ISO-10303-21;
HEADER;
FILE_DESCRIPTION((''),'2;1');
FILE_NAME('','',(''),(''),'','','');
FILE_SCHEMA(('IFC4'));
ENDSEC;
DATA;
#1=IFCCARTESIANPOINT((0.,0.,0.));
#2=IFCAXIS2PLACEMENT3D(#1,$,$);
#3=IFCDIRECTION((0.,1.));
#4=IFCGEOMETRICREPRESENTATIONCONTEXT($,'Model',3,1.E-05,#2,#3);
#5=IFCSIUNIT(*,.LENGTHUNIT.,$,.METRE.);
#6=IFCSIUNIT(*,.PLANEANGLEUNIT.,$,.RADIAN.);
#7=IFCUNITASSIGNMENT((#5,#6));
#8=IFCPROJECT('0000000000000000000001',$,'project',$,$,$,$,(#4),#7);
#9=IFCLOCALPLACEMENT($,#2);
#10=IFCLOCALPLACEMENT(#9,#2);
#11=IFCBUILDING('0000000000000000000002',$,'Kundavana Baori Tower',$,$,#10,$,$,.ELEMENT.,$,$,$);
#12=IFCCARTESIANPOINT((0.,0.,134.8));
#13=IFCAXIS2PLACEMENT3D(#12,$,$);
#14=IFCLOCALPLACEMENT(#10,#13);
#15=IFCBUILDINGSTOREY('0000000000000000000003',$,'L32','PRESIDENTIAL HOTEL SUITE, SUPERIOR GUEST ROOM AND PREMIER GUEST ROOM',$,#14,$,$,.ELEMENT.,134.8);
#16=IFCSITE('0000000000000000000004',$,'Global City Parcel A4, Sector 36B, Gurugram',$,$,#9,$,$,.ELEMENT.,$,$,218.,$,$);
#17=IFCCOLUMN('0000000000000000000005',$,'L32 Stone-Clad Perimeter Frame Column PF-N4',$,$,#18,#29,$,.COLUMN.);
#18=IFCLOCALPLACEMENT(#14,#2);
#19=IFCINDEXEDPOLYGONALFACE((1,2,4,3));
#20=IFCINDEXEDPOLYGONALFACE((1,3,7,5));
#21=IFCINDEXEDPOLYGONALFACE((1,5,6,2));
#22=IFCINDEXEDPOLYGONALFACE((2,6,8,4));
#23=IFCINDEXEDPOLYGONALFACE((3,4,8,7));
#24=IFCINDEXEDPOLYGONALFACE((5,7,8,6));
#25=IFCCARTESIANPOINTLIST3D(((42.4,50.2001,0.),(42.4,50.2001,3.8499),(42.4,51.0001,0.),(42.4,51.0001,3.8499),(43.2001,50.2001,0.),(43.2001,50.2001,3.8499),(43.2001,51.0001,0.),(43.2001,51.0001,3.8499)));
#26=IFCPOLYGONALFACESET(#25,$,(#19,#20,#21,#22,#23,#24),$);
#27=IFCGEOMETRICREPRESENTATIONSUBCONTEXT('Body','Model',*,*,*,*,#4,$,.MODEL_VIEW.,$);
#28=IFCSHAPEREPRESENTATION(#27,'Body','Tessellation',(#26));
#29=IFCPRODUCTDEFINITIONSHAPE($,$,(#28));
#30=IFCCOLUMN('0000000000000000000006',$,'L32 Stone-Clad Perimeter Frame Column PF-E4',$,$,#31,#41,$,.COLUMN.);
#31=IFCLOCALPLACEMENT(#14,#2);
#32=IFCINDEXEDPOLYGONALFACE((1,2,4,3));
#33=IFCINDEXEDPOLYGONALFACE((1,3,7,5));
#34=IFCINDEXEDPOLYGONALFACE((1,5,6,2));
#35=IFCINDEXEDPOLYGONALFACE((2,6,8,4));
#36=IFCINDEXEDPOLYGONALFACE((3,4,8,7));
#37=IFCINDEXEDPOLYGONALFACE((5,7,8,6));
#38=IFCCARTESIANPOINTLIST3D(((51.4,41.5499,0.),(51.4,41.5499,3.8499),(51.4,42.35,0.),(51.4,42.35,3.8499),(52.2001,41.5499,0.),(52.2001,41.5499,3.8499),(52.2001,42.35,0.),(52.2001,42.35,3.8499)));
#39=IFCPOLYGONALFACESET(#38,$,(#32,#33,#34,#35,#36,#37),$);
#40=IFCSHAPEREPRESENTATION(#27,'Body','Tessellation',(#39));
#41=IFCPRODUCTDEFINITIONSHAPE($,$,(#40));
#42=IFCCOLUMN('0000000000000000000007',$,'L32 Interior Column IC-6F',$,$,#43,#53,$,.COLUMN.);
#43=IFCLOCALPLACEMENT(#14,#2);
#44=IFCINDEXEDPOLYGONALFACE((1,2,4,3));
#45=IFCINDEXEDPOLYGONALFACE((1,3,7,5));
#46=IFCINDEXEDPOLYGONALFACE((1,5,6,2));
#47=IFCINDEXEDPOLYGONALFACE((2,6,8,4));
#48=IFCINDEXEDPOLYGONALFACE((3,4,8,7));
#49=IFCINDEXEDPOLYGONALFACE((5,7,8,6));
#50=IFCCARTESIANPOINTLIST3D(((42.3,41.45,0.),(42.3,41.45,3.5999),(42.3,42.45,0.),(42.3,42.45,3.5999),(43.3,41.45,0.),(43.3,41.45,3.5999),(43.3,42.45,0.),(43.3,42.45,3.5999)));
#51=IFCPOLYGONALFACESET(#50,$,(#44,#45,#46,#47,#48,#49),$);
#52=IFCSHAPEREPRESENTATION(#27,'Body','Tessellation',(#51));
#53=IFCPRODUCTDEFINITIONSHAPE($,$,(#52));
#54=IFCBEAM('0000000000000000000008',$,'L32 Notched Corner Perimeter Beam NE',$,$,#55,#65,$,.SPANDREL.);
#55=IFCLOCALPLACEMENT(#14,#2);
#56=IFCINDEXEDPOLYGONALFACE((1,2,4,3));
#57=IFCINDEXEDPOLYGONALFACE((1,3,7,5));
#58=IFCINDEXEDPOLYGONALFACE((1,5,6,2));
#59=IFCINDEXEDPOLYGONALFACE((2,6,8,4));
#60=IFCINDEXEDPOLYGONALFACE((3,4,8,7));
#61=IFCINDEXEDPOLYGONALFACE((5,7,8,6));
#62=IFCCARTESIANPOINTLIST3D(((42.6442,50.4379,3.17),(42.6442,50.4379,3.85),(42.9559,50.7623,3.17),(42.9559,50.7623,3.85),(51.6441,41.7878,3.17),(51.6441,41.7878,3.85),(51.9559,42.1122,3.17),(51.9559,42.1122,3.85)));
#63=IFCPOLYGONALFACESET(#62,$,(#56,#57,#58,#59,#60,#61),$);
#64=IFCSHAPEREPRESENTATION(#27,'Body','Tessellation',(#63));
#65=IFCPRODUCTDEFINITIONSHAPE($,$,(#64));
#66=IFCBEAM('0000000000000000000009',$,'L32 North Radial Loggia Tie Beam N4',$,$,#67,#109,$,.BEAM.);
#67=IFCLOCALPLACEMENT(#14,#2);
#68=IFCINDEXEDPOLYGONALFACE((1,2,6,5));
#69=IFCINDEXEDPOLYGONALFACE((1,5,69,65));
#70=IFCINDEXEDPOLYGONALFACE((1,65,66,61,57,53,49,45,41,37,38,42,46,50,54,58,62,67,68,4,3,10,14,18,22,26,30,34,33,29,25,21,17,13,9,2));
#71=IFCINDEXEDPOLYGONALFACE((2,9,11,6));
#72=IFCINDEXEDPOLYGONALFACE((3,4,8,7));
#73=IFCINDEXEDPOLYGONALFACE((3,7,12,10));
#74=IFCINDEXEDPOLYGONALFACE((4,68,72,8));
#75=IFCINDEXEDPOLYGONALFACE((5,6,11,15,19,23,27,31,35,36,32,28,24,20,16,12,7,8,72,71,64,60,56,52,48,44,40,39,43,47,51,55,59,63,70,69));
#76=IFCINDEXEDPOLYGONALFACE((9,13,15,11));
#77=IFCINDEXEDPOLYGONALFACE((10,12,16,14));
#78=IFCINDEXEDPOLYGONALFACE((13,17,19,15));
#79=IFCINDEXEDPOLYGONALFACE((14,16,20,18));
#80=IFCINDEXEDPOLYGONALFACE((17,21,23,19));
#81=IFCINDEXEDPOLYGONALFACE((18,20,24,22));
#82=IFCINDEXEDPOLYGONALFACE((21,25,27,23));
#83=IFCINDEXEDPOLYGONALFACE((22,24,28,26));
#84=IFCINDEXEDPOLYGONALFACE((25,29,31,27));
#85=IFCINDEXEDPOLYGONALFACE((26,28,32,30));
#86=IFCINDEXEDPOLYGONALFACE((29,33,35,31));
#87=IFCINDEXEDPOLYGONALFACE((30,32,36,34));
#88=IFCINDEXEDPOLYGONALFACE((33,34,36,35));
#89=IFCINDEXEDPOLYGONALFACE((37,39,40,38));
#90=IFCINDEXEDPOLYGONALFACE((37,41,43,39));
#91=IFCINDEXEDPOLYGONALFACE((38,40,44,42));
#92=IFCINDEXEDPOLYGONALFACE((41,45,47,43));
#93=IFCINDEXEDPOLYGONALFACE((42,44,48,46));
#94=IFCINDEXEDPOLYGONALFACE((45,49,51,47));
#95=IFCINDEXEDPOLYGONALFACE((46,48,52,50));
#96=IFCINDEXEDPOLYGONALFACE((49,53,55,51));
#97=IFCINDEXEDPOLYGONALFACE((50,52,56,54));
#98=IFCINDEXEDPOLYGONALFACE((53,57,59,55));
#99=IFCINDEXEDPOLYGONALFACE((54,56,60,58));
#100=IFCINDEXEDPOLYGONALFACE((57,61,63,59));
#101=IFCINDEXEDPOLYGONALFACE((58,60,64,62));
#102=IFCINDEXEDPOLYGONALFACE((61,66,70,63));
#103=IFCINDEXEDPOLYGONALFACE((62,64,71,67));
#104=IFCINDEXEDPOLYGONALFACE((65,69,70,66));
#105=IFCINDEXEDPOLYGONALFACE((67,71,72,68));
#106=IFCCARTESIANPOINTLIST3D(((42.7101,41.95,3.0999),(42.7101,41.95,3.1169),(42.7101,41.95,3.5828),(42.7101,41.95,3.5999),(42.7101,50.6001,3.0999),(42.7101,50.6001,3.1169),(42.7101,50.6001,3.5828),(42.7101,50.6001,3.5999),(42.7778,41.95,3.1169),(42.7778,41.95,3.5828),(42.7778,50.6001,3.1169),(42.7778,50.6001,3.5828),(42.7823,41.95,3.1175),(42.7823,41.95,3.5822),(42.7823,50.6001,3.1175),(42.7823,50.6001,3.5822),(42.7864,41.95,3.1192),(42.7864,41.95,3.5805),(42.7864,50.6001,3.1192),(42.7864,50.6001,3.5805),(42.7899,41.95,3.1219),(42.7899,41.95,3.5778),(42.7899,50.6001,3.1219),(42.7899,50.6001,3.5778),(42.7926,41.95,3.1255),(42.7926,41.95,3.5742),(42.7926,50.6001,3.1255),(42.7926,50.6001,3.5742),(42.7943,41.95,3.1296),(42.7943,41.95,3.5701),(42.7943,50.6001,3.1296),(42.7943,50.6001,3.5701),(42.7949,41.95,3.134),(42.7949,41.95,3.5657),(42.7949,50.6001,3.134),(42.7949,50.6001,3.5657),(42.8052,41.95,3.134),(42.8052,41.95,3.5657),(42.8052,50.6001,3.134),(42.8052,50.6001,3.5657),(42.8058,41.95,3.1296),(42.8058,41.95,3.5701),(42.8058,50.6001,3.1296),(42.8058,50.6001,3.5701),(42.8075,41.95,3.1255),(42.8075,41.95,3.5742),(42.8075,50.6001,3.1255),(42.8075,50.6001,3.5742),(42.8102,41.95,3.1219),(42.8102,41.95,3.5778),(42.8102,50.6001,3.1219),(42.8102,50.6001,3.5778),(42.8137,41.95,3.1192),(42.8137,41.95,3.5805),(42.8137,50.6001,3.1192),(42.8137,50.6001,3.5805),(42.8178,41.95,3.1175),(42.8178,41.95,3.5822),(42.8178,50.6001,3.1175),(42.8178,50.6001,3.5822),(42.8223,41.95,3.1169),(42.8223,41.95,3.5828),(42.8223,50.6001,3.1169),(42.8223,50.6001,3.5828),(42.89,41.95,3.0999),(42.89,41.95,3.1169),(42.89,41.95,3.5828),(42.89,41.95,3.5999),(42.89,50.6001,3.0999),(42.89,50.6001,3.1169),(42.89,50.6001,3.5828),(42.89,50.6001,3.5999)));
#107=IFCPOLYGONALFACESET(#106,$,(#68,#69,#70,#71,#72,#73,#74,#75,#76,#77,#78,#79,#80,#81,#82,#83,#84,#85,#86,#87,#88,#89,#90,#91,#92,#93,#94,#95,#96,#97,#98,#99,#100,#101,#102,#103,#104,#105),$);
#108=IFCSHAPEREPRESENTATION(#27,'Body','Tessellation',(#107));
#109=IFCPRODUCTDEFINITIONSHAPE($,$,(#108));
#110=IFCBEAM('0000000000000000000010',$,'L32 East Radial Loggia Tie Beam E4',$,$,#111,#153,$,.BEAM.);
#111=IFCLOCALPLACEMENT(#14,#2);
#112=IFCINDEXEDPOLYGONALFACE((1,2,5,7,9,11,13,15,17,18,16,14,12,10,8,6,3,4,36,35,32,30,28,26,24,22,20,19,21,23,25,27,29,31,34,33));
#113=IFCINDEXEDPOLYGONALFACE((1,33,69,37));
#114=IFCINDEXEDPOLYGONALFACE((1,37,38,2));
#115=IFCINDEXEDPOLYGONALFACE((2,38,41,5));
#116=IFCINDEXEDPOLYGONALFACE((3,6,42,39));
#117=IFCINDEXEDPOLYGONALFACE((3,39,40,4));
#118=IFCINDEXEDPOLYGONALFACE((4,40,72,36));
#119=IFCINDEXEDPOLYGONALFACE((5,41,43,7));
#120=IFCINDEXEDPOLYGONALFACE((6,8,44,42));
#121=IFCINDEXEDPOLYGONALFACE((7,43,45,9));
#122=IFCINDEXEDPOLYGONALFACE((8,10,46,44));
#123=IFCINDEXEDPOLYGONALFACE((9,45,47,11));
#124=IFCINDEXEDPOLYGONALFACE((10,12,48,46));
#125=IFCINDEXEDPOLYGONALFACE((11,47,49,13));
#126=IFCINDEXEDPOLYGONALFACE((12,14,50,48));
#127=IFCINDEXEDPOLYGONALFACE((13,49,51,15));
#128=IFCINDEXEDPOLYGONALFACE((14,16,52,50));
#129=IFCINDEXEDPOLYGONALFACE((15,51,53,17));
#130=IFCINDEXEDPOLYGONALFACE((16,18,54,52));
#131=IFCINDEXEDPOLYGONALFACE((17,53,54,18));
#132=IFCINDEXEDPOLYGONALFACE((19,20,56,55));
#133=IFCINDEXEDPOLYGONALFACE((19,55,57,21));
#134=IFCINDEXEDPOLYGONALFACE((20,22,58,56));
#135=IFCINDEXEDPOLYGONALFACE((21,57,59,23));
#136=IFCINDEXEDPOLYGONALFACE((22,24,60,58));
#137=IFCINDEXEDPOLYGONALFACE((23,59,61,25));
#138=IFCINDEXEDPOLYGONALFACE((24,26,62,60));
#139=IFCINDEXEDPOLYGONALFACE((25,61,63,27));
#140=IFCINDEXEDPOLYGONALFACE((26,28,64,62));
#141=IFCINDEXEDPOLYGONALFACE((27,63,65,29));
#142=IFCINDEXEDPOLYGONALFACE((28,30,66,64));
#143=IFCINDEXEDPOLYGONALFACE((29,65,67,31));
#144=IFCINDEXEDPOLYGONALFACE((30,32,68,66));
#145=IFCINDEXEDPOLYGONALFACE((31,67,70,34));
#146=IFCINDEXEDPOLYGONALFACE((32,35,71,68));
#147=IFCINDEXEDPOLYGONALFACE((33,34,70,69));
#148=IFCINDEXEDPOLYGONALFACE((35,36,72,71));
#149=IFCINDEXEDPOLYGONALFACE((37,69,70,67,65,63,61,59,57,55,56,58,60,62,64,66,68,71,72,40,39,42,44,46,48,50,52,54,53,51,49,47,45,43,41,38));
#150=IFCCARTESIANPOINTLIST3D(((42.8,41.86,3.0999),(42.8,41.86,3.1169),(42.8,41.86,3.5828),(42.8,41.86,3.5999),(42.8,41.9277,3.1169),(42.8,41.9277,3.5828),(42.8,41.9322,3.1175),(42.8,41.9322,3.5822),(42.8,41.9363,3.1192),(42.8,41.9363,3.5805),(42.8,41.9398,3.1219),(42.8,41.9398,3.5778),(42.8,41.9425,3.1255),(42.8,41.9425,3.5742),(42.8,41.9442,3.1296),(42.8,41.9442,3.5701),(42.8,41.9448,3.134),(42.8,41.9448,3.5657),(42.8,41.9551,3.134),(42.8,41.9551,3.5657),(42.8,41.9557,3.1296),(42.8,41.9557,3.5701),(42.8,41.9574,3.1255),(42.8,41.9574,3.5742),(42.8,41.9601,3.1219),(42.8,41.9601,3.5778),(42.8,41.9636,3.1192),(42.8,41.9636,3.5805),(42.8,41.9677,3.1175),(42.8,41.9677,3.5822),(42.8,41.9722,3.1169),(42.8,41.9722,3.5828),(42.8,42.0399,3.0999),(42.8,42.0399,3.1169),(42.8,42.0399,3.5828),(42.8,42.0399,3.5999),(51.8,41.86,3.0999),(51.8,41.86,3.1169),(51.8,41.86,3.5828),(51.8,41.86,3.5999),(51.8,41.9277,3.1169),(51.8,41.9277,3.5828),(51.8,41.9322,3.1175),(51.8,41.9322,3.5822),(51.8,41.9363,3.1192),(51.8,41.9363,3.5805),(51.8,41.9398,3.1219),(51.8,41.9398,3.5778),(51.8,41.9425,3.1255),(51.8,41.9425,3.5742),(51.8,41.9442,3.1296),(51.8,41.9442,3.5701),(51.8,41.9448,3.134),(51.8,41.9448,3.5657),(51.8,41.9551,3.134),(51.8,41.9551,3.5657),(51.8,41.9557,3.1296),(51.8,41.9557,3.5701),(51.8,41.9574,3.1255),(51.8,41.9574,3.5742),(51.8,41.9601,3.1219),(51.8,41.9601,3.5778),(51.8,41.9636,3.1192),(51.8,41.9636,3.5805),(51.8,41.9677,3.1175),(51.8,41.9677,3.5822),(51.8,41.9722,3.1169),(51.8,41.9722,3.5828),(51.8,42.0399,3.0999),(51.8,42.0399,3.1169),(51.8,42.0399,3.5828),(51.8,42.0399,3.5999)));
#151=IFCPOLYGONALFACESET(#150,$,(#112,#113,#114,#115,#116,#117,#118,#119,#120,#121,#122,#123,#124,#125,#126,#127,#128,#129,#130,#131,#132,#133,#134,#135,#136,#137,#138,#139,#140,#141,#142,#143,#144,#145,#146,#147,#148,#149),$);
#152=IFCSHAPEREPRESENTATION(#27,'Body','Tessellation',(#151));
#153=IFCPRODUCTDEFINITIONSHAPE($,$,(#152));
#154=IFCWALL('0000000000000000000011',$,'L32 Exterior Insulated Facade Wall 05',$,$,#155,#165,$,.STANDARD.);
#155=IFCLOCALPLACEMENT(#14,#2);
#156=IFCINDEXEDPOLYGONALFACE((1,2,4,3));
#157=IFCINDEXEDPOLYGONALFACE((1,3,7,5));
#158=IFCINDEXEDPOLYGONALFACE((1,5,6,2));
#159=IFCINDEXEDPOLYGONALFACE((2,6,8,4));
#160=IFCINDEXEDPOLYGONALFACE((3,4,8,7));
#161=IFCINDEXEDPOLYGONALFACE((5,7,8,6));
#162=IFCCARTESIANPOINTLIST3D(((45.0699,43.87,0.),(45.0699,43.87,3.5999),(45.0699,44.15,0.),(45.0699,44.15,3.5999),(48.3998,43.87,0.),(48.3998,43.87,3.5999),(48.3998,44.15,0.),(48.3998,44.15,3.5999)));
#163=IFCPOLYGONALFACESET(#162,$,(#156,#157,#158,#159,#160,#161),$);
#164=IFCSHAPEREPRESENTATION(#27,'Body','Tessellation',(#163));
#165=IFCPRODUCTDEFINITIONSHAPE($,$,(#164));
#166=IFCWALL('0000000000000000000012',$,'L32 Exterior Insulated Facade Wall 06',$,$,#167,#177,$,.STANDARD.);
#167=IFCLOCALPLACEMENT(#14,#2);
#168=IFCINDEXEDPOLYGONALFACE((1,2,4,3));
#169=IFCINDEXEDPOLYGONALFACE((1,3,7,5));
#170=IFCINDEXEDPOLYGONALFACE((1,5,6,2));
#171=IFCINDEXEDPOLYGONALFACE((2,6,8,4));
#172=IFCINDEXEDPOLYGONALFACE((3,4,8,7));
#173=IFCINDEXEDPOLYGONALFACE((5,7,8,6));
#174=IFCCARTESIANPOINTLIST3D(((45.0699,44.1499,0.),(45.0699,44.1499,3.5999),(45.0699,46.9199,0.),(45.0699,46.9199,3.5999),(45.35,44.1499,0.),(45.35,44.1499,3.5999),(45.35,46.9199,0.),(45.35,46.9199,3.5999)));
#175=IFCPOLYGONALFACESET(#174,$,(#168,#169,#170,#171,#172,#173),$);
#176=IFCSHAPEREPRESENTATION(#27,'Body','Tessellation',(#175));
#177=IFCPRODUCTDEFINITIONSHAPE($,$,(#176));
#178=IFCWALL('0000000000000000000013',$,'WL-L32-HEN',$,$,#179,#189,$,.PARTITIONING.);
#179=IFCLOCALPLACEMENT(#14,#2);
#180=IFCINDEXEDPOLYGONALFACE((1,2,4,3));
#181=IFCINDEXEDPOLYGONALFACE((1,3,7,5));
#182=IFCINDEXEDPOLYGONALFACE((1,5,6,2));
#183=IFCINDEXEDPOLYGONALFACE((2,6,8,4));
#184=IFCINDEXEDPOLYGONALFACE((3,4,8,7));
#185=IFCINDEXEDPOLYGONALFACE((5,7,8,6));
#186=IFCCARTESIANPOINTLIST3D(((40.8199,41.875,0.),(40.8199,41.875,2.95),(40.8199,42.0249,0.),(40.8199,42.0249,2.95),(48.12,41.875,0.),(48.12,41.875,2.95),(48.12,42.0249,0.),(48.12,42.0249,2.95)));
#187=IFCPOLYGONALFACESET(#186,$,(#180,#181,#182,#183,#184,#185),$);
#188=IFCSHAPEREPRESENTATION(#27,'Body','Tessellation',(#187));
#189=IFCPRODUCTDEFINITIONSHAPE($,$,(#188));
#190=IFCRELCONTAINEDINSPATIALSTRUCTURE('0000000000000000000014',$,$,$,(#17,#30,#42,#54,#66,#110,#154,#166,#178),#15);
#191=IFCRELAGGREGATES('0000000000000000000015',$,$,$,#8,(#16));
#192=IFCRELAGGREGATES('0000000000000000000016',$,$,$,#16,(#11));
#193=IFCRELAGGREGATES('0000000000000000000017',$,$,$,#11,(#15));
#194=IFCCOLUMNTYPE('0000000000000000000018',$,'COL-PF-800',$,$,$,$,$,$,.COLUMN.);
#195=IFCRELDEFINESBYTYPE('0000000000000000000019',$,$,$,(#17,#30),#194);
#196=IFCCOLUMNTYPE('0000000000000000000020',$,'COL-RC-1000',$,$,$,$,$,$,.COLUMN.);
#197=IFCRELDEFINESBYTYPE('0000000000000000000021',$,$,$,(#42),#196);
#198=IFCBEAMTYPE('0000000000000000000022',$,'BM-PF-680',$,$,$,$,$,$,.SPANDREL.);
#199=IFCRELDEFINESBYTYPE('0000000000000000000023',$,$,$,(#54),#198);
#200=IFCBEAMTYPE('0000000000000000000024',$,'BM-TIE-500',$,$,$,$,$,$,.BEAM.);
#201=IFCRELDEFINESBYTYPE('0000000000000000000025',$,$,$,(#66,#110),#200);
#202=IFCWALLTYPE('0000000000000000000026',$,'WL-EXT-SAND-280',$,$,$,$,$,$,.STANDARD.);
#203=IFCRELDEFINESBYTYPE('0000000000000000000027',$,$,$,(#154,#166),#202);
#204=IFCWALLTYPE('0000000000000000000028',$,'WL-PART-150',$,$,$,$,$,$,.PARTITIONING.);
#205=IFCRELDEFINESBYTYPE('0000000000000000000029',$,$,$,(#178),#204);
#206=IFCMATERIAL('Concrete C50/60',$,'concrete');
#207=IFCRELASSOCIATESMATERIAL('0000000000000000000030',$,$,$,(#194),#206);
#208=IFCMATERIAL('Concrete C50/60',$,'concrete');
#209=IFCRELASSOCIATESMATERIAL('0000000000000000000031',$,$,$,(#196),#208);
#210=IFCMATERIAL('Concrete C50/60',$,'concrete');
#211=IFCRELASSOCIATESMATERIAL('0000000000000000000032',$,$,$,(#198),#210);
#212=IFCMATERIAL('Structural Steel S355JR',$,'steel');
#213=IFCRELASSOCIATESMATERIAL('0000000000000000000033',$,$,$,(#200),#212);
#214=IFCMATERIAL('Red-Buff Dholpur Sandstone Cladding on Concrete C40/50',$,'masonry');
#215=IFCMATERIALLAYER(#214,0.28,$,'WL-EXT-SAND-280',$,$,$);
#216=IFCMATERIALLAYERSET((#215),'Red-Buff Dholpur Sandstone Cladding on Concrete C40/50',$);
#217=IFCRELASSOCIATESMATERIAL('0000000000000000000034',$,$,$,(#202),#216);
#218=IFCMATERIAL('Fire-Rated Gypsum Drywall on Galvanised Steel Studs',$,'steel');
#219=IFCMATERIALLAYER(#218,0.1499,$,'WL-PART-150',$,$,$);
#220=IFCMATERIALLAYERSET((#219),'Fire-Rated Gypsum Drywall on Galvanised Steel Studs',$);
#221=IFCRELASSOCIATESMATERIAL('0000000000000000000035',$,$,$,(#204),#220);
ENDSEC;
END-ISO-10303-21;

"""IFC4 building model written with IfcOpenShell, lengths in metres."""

from ifc_helpers import new_model, si_unit, direction, frame, frame_2d, origin, origin_2d, place, context, subcontext, project, spatial, rectangle, i_section, extrude, material, layer, layer_set, material_profile, profile_set, type_object, element, save


model = new_model("IFC4")

# Units and contexts
model_context = context("Model", 3, precision=1e-05, world=origin(), true_north=direction((0.0, 1.0)))
body_context = subcontext(model_context, "Body", "Model", "MODEL_VIEW")
ifc_project = project(units=[si_unit("LENGTHUNIT", "METRE"), si_unit("PLANEANGLEUNIT", "RADIAN")], contexts=[model_context])

# Site, building, storey
site_placement = place(None, origin())
site = spatial("IfcSite", under=ifc_project, at=site_placement, Name="Global City Parcel A4, Sector 36B, Gurugram", CompositionType="ELEMENT", RefElevation=218.0)
building_placement = place(site_placement, origin())
building = spatial("IfcBuilding", under=site, at=building_placement, Name="Kundavana Baori Tower", CompositionType="ELEMENT")
storey_placement = place(building_placement, frame((0.0, 0.0, 134.8)))
storey = spatial("IfcBuildingStorey", under=building, at=storey_placement, Name="L32", Description="PRESIDENTIAL HOTEL SUITE, SUPERIOR GUEST ROOM AND PREMIER GUEST ROOM", CompositionType="ELEMENT", Elevation=134.8)

# Columns
ifc_material_1 = material(Name="Concrete C50/60", Category="concrete")
ifc_material_profile_1 = material_profile(ifc_material_1, rectangle(XDim=0.8, YDim=0.8, at=origin_2d()), Name="RC PF 800x800")
ifc_profile_set_1 = profile_set([ifc_material_profile_1], Name="Concrete C50/60")
column_type_1 = type_object("IfcColumnType", Name="COL-PF-800", PredefinedType="COLUMN", material=ifc_profile_set_1)
for number, where, z_axis, x_axis, name in (
    (1, (42.8, 50.6001, 0.0), (0.0, 0.0, 1.0), (1.0, 0.0, 0.0), "L32 Stone-Clad Perimeter Frame Column PF-N4"),
    (2, (51.8, 41.95, 0.0), (0.0, 0.0, 1.0), (1.0, 0.0, 0.0), "L32 Stone-Clad Perimeter Frame Column PF-E4"),
):
    element("IfcColumn", number, at=place(storey_placement, frame(where, z_axis=z_axis, x_axis=x_axis)), inside=storey, type_object=column_type_1, Name=name, PredefinedType="COLUMN", context=body_context, shape_type="SweptSolid", body=[
        extrude(rectangle(XDim=0.8, YDim=0.8, at=origin_2d()), origin(), (0.0, 0.0, 1.0), 3.8499),
    ])
ifc_material_2 = material(Name="Concrete C50/60", Category="concrete")
ifc_material_profile_2 = material_profile(ifc_material_2, rectangle(XDim=1.0, YDim=1.0, at=origin_2d()), Name="RC 1000x1000")
ifc_profile_set_2 = profile_set([ifc_material_profile_2], Name="Concrete C50/60")
column_type_2 = type_object("IfcColumnType", Name="COL-RC-1000", PredefinedType="COLUMN", material=ifc_profile_set_2)
column_placement = place(storey_placement, frame((42.8, 41.95, 0.0), z_axis=(0.0, 0.0, 1.0), x_axis=(1.0, 0.0, 0.0)))
element("IfcColumn", 3, at=column_placement, inside=storey, type_object=column_type_2, Name="L32 Interior Column IC-6F", PredefinedType="COLUMN", context=body_context, shape_type="SweptSolid", body=[
    extrude(rectangle(XDim=1.0, YDim=1.0, at=origin_2d()), origin(), (0.0, 0.0, 1.0), 3.5999),
])

# Beams
ifc_material_3 = material(Name="Concrete C50/60", Category="concrete")
ifc_material_profile_3 = material_profile(ifc_material_3, rectangle(XDim=0.45, YDim=0.6799, at=origin_2d()), Name="RC BM 450x680")
ifc_profile_set_3 = profile_set([ifc_material_profile_3], Name="Concrete C50/60")
beam_type_1 = type_object("IfcBeamType", Name="BM-PF-680", PredefinedType="SPANDREL", material=ifc_profile_set_3)
beam_1_placement = place(storey_placement, frame((42.8, 50.6001, 3.51), z_axis=(0.720981, -0.692955, 0.0), x_axis=(0.692955, 0.720981, 0.0)))
element("IfcBeam", 4, at=beam_1_placement, inside=storey, type_object=beam_type_1, Name="L32 Notched Corner Perimeter Beam NE", PredefinedType="SPANDREL", context=body_context, shape_type="SweptSolid", body=[
    extrude(rectangle(XDim=0.45, YDim=0.6799, at=origin_2d()), origin(), (0.0, 0.0, 1.0), 12.4829),
])
ifc_material_4 = material(Name="Structural Steel S355JR", Category="steel")
ifc_material_profile_4 = material_profile(ifc_material_4, i_section(OverallWidth=0.1799, OverallDepth=0.5, WebThickness=0.0103, FlangeThickness=0.0171, FilletRadius=0.0171, at=origin_2d()), Name="ISMB 500")
ifc_profile_set_4 = profile_set([ifc_material_profile_4], Name="Structural Steel S355JR")
beam_type_2 = type_object("IfcBeamType", Name="BM-TIE-500", PredefinedType="BEAM", material=ifc_profile_set_4)
beam_2_placement = place(storey_placement, frame((42.8, 41.95, 3.3499), z_axis=(0.0, 1.0, 0.0), x_axis=(-1.0, 0.0, 0.0)))
element("IfcBeam", 5, at=beam_2_placement, inside=storey, type_object=beam_type_2, Name="L32 North Radial Loggia Tie Beam N4", PredefinedType="BEAM", context=body_context, shape_type="SweptSolid", body=[
    extrude(i_section(OverallWidth=0.1799, OverallDepth=0.5, WebThickness=0.0103, FlangeThickness=0.0171, FilletRadius=0.0171, at=origin_2d()), origin(), (0.0, 0.0, 1.0), 8.6501),
])
beam_3_placement = place(storey_placement, frame((42.8, 41.95, 3.3499), z_axis=(1.0, 0.0, 0.0), x_axis=(0.0, 1.0, 0.0)))
element("IfcBeam", 6, at=beam_3_placement, inside=storey, type_object=beam_type_2, Name="L32 East Radial Loggia Tie Beam E4", PredefinedType="BEAM", context=body_context, shape_type="SweptSolid", body=[
    extrude(i_section(OverallWidth=0.1799, OverallDepth=0.5, WebThickness=0.0103, FlangeThickness=0.0171, FilletRadius=0.0171, at=origin_2d()), origin(), (0.0, 0.0, 1.0), 9.0),
])

# Walls
ifc_material_5 = material(Name="Red-Buff Dholpur Sandstone Cladding on Concrete C40/50", Category="masonry")
ifc_layer_1 = layer(ifc_material_5, 0.28, Name="WL-EXT-SAND-280")
ifc_layer_set_1 = layer_set([ifc_layer_1], Name="Red-Buff Dholpur Sandstone Cladding on Concrete C40/50")
wall_type_1 = type_object("IfcWallType", Name="WL-EXT-SAND-280", PredefinedType="STANDARD", material=ifc_layer_set_1)
wall_1_placement = place(storey_placement, frame((48.3999, 44.01, 0.0), z_axis=(0.0, 0.0, 1.0), x_axis=(-1.0, 0.0, 0.0)))
element("IfcWall", 7, at=wall_1_placement, inside=storey, type_object=wall_type_1, Name="L32 Exterior Insulated Facade Wall 05", PredefinedType="STANDARD", context=body_context, shape_type="SweptSolid", body=[
    extrude(rectangle(XDim=3.3298, YDim=0.28, at=frame_2d((1.665, 0.0))), origin(), (0.0, 0.0, 1.0), 3.5999),
])
wall_2_placement = place(storey_placement, frame((45.21, 44.1499, 0.0), z_axis=(0.0, 0.0, 1.0), x_axis=(0.0, 1.0, 0.0)))
element("IfcWall", 8, at=wall_2_placement, inside=storey, type_object=wall_type_1, Name="L32 Exterior Insulated Facade Wall 06", PredefinedType="STANDARD", context=body_context, shape_type="SweptSolid", body=[
    extrude(rectangle(XDim=2.77, YDim=0.28, at=frame_2d((1.385, 0.0))), origin(), (0.0, 0.0, 1.0), 3.5999),
])

# Wall
ifc_material_6 = material(Name="Fire-Rated Gypsum Drywall on Galvanised Steel Studs", Category="steel")
ifc_layer_2 = layer(ifc_material_6, 0.1499, Name="WL-PART-150")
ifc_layer_set_2 = layer_set([ifc_layer_2], Name="Fire-Rated Gypsum Drywall on Galvanised Steel Studs")
wall_type_2 = type_object("IfcWallType", Name="WL-PART-150", PredefinedType="PARTITIONING", material=ifc_layer_set_2)
wall_3_placement = place(storey_placement, frame((40.8201, 41.95, 0.0), z_axis=(0.0, 0.0, 1.0), x_axis=(1.0, 0.0, 0.0)))
element("IfcWall", 9, at=wall_3_placement, inside=storey, type_object=wall_type_2, Name="WL-L32-HEN", PredefinedType="PARTITIONING", context=body_context, shape_type="SweptSolid", body=[
    extrude(rectangle(XDim=7.3, YDim=0.1499, at=frame_2d((3.6499, 0.0))), origin(), (0.0, 0.0, 1.0), 2.95),
])

save(model, "model.ifc")
